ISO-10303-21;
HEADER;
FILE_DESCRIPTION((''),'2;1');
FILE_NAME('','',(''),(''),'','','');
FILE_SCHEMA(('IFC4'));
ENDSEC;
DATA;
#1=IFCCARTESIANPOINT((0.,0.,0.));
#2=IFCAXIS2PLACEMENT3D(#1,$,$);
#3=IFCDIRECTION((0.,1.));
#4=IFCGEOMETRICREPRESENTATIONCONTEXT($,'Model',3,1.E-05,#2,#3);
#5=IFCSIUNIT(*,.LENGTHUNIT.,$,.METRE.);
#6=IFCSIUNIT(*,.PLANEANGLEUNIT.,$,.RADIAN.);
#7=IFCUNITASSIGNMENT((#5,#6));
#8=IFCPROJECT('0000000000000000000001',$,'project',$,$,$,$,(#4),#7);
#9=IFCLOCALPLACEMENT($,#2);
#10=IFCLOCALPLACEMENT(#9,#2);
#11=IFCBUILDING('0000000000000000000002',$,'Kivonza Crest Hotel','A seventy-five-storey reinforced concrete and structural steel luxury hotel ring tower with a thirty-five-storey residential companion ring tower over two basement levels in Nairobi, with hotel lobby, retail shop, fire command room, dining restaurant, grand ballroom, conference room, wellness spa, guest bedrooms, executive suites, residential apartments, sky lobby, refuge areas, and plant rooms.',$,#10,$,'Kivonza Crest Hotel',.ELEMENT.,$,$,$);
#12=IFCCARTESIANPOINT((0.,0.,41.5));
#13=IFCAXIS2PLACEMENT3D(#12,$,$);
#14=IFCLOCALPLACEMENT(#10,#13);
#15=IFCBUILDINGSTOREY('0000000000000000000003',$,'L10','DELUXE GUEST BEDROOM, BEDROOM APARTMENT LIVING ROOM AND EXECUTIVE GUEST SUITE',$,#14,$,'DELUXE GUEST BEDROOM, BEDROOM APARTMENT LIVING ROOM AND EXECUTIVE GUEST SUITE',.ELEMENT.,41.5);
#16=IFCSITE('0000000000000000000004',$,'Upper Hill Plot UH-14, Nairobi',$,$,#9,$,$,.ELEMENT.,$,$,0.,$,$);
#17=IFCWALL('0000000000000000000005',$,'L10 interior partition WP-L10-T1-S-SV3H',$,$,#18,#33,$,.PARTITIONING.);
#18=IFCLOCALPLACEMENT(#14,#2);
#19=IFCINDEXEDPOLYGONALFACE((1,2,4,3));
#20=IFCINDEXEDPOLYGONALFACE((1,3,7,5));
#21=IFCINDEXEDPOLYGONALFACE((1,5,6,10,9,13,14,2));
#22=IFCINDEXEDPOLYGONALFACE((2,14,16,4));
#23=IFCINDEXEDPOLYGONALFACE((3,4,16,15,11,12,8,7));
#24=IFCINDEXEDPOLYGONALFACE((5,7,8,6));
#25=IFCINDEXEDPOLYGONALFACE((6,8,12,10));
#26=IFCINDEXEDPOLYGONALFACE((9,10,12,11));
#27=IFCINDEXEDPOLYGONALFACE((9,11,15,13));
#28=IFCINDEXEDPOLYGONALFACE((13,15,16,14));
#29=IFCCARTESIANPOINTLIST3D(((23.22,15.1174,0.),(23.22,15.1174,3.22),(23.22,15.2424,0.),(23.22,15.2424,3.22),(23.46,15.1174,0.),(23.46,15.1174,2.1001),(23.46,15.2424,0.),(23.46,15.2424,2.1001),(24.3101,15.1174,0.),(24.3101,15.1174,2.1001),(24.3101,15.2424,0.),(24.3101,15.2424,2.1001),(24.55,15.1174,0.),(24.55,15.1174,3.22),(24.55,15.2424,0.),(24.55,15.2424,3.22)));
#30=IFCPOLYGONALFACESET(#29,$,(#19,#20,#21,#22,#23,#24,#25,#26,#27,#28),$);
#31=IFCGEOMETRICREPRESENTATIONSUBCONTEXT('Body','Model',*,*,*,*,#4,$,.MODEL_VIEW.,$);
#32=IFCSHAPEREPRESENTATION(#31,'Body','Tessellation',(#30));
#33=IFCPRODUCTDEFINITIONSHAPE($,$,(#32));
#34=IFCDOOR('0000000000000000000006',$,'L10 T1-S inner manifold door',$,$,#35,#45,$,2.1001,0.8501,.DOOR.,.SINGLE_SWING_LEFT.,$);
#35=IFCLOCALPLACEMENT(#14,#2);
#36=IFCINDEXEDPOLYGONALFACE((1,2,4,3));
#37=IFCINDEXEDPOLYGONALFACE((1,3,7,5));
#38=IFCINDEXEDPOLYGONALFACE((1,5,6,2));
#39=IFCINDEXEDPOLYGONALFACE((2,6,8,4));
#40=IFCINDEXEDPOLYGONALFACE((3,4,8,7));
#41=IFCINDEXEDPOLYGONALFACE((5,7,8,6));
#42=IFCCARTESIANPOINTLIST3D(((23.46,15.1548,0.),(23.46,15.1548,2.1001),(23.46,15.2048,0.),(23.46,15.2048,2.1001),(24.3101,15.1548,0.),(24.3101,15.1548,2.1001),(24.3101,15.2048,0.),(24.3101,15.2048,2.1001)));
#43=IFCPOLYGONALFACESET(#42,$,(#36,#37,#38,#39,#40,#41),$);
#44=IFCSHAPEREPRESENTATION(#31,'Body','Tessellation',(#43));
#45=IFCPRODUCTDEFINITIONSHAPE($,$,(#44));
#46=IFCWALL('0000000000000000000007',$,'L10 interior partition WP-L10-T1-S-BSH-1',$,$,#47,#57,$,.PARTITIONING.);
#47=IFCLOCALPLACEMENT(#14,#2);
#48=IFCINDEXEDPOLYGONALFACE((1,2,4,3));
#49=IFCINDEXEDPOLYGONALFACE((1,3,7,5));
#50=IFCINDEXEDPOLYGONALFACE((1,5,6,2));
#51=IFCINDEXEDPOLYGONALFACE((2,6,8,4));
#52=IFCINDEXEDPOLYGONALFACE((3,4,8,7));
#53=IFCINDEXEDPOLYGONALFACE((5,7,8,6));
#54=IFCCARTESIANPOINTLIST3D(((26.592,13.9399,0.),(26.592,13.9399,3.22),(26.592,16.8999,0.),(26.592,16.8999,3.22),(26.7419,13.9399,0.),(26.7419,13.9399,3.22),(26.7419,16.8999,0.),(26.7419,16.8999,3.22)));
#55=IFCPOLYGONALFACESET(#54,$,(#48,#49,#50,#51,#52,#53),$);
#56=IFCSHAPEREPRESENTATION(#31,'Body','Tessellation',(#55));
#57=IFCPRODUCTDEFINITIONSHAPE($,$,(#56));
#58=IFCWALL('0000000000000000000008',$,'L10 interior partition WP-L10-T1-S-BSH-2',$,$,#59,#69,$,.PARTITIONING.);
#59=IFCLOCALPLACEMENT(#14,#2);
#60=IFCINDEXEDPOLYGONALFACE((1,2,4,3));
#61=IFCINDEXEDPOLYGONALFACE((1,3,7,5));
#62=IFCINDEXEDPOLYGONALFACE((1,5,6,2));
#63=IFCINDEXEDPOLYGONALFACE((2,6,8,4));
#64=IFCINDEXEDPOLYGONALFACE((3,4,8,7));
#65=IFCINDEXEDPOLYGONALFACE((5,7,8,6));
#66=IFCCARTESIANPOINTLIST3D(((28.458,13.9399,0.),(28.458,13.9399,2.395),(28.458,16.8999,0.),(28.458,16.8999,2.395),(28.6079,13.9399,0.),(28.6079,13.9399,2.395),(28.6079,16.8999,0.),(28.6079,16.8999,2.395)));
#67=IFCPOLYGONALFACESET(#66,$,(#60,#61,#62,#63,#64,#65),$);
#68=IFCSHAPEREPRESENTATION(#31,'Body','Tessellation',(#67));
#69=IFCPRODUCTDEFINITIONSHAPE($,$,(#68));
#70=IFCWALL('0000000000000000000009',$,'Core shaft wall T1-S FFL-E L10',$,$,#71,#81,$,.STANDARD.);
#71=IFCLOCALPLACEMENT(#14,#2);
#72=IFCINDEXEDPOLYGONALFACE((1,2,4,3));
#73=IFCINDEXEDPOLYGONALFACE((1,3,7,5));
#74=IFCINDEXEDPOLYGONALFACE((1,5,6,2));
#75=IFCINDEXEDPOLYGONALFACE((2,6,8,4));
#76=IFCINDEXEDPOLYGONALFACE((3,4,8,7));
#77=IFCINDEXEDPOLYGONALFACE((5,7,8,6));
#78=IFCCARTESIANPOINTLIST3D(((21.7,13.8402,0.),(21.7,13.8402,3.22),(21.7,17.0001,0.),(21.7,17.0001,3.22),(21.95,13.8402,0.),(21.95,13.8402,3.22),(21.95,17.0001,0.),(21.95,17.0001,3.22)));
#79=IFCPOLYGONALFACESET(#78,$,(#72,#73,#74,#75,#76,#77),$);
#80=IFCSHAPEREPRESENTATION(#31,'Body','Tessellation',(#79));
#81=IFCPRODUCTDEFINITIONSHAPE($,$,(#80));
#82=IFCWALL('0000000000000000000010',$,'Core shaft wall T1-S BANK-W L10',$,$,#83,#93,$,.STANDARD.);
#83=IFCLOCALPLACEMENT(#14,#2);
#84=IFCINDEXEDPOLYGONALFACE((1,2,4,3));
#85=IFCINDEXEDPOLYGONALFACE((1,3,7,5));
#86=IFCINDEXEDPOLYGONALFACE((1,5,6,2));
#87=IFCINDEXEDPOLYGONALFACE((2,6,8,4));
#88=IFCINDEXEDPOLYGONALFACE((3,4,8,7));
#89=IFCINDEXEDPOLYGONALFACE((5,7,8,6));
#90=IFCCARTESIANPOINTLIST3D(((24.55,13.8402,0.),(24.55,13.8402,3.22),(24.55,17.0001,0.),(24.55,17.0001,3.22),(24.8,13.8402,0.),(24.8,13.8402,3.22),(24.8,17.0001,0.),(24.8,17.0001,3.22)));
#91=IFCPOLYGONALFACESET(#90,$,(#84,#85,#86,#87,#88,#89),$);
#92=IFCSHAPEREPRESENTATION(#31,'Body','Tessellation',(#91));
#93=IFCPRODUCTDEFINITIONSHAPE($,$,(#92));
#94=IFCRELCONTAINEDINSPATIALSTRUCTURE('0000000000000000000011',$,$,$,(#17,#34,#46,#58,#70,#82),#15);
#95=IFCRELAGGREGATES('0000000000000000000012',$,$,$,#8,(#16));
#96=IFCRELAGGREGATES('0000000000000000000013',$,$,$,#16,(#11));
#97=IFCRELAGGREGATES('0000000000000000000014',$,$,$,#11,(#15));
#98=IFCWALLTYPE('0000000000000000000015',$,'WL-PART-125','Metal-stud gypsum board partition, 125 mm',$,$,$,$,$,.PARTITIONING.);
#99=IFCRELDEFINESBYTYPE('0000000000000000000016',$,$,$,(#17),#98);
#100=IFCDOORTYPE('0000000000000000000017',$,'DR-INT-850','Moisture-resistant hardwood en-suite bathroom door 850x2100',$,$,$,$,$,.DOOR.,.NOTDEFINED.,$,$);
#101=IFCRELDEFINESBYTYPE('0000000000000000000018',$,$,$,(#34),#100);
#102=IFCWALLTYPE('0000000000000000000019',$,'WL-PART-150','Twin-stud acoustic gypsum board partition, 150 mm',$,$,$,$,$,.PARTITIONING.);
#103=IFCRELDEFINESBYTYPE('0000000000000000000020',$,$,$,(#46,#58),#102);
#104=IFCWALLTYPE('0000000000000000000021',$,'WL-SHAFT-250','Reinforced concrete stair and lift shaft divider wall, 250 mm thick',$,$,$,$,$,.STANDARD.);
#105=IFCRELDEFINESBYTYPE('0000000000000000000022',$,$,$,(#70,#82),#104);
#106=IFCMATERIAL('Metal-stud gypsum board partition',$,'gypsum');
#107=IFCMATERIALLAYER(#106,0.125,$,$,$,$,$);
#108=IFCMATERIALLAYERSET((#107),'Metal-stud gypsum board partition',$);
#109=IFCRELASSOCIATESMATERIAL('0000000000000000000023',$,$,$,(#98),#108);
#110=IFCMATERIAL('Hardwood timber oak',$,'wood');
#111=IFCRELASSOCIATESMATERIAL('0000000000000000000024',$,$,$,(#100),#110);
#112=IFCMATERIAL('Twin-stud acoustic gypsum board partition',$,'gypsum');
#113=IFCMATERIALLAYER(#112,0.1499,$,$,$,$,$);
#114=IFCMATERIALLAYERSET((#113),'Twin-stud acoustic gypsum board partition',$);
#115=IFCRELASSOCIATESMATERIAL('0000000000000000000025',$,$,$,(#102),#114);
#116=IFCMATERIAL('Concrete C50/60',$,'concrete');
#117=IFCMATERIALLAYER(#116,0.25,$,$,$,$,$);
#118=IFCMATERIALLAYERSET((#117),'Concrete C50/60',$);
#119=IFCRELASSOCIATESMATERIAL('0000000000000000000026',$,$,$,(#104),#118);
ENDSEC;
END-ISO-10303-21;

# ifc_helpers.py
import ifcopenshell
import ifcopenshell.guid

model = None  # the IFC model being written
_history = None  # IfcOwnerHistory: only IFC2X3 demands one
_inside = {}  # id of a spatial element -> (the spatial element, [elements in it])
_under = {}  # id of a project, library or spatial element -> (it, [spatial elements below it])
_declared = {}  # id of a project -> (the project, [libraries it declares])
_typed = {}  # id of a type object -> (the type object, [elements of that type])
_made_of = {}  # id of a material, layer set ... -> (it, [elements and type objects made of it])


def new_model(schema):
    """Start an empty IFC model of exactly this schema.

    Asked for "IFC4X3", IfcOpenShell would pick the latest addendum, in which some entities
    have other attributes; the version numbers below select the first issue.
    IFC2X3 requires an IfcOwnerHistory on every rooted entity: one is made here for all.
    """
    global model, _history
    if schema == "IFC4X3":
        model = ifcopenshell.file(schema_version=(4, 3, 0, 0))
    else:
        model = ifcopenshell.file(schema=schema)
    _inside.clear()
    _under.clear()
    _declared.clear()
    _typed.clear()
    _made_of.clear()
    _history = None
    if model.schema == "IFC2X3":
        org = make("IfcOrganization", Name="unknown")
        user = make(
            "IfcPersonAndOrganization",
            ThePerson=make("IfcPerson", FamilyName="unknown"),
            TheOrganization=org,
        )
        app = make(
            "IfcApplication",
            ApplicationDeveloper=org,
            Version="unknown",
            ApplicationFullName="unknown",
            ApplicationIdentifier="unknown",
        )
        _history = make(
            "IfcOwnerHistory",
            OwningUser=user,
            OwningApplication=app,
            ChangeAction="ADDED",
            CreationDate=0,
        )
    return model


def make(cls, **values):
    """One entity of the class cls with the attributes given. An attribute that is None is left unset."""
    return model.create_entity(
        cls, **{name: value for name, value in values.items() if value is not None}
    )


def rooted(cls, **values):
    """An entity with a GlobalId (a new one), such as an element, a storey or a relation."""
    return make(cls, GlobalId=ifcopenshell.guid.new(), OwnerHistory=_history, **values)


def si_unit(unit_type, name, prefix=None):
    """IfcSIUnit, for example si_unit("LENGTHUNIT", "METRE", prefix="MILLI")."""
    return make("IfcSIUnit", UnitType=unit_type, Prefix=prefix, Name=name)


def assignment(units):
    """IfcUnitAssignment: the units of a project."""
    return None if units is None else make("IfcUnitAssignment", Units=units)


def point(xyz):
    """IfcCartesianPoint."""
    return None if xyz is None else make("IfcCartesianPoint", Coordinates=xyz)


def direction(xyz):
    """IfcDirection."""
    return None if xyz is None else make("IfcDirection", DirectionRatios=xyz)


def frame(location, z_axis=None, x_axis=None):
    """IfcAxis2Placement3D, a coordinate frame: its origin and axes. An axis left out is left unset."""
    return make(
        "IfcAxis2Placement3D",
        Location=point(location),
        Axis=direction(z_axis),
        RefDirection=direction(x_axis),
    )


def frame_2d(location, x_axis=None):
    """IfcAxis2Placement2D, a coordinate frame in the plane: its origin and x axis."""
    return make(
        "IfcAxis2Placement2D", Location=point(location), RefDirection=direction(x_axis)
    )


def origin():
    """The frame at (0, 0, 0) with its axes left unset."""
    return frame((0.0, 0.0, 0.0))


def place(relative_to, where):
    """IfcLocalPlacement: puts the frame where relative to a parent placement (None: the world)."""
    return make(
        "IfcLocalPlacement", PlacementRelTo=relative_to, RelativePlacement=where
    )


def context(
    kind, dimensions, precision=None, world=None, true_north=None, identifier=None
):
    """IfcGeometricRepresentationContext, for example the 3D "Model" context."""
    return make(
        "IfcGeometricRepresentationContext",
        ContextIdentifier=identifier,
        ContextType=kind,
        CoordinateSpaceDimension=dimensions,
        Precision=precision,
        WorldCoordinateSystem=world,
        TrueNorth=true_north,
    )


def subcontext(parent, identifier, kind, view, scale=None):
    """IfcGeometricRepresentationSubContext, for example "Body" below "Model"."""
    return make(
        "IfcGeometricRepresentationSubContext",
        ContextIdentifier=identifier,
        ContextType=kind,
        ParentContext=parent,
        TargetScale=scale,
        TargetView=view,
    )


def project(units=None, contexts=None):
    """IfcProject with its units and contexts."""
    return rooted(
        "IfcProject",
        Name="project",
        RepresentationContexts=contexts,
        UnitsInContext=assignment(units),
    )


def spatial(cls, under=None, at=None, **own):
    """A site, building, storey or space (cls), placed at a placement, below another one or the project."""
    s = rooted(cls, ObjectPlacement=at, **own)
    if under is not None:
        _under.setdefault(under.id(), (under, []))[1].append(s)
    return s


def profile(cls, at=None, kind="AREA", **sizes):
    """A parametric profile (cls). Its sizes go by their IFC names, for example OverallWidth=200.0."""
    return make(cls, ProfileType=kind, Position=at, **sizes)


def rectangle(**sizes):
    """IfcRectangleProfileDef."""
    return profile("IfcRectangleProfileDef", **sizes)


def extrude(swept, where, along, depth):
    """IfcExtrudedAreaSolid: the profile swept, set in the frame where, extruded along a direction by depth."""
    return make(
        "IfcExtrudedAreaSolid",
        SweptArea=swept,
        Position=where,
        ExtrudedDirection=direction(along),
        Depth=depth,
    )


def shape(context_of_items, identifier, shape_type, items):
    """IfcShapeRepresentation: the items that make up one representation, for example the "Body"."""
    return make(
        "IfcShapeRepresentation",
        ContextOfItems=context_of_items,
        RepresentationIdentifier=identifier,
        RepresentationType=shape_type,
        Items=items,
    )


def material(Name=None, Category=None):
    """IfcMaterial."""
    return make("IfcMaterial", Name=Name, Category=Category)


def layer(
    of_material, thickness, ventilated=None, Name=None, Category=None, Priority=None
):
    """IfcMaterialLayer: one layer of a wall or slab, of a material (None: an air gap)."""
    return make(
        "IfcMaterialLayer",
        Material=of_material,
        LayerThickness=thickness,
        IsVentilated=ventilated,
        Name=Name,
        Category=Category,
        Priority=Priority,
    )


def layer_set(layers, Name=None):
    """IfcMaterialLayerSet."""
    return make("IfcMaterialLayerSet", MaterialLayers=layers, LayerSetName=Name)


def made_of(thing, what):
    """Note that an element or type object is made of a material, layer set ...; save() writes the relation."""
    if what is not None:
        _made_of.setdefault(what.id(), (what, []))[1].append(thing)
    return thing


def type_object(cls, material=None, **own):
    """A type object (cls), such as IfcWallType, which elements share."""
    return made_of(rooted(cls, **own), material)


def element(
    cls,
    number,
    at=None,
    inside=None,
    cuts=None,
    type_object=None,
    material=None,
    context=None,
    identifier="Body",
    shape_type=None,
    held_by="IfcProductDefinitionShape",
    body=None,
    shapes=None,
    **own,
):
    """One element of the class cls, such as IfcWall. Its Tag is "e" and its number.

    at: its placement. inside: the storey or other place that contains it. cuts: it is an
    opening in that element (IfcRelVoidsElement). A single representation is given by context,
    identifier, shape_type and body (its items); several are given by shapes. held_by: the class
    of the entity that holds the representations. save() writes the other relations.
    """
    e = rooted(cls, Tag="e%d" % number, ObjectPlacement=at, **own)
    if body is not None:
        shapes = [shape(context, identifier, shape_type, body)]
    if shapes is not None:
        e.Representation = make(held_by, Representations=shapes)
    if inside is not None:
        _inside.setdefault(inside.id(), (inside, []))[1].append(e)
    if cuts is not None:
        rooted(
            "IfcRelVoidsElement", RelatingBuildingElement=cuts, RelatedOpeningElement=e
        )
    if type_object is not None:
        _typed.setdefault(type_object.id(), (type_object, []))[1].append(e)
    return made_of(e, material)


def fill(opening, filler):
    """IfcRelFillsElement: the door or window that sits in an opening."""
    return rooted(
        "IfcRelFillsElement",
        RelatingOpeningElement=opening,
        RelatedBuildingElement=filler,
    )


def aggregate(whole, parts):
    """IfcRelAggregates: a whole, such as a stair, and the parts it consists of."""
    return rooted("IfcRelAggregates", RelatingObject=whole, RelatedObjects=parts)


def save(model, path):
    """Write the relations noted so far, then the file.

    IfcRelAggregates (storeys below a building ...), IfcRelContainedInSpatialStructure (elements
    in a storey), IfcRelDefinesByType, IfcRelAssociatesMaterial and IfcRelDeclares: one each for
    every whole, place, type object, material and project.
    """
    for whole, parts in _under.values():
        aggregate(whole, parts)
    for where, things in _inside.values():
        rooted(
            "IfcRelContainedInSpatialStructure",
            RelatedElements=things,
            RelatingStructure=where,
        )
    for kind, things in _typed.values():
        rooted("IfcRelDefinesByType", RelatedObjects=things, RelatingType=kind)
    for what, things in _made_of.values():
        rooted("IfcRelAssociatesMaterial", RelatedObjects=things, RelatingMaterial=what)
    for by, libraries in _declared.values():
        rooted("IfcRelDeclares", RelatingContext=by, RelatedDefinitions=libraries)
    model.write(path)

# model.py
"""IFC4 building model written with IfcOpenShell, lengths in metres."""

from ifc_helpers import new_model, si_unit, direction, frame, frame_2d, origin, place, context, subcontext, project, spatial, rectangle, extrude, material, layer, layer_set, type_object, element, fill, save


model = new_model("IFC4")

# Units and contexts
model_context = context("Model", 3, precision=1e-05, world=origin(), true_north=direction((0.0, 1.0)))
body_context = subcontext(model_context, "Body", "Model", "MODEL_VIEW")
ifc_project = project(units=[si_unit("LENGTHUNIT", "METRE"), si_unit("PLANEANGLEUNIT", "RADIAN")], contexts=[model_context])

# Site, building, storey
site_placement = place(None, origin())
site = spatial("IfcSite", under=ifc_project, at=site_placement, Name="Upper Hill Plot UH-14, Nairobi", CompositionType="ELEMENT", RefElevation=0.0)
building_placement = place(site_placement, origin())
building = spatial("IfcBuilding", under=site, at=building_placement, Name="Kivonza Crest Hotel", Description="A seventy-five-storey reinforced concrete and structural steel luxury hotel ring tower with a thirty-five-storey residential companion ring tower over two basement levels in Nairobi, with hotel lobby, retail shop, fire command room, dining restaurant, grand ballroom, conference room, wellness spa, guest bedrooms, executive suites, residential apartments, sky lobby, refuge areas, and plant rooms.", LongName="Kivonza Crest Hotel", CompositionType="ELEMENT")
storey_placement = place(building_placement, frame((0.0, 0.0, 41.5)))
storey = spatial("IfcBuildingStorey", under=building, at=storey_placement, Name="L10", Description="DELUXE GUEST BEDROOM, BEDROOM APARTMENT LIVING ROOM AND EXECUTIVE GUEST SUITE", LongName="DELUXE GUEST BEDROOM, BEDROOM APARTMENT LIVING ROOM AND EXECUTIVE GUEST SUITE", CompositionType="ELEMENT", Elevation=41.5)

# Shared definitions
ifc_material_1 = material(Name="Hardwood timber oak", Category="wood")

# Wall, opening, door
ifc_material_2 = material(Name="Metal-stud gypsum board partition", Category="gypsum")
ifc_layer_1 = layer(ifc_material_2, 0.125)
ifc_layer_set_1 = layer_set([ifc_layer_1], Name="Metal-stud gypsum board partition")
wall_type_1 = type_object("IfcWallType", Name="WL-PART-125", Description="Metal-stud gypsum board partition, 125 mm", PredefinedType="PARTITIONING", material=ifc_layer_set_1)
wall_1_placement = place(storey_placement, frame((23.22, 15.1799, 0.0), z_axis=(0.0, 0.0, 1.0), x_axis=(1.0, 0.0, 0.0)))
wall_1 = element("IfcWall", 1, at=wall_1_placement, inside=storey, type_object=wall_type_1, Name="L10 interior partition WP-L10-T1-S-SV3H", PredefinedType="PARTITIONING", context=body_context, shape_type="SweptSolid", body=[
    extrude(rectangle(XDim=1.3301, YDim=0.125, at=frame_2d((0.665, 0.0))), origin(), (0.0, 0.0, 1.0), 3.22),
])
opening_1_placement = place(wall_1_placement, frame((0.24, 0.0, 0.0)))
opening_1 = element("IfcOpeningElement", 2, at=opening_1_placement, cuts=wall_1, PredefinedType="OPENING", context=body_context, shape_type="SweptSolid", body=[
    extrude(rectangle(XDim=0.8501, YDim=2.1001, at=frame_2d((0.425, 1.05))), frame((0.0, 0.0725, 0.0), z_axis=(0.0, -1.0, 0.0), x_axis=(1.0, 0.0, 0.0)), (0.0, 0.0, 1.0), 0.145),
])
door_type_1 = type_object("IfcDoorType", Name="DR-INT-850", Description="Moisture-resistant hardwood en-suite bathroom door 850x2100", OperationType="NOTDEFINED", PredefinedType="DOOR", material=ifc_material_1)
door_1_placement = place(opening_1_placement, origin())
door_1 = element("IfcDoor", 3, at=door_1_placement, inside=storey, type_object=door_type_1, Name="L10 T1-S inner manifold door", OperationType="SINGLE_SWING_LEFT", OverallHeight=2.1001, OverallWidth=0.8501, PredefinedType="DOOR", context=body_context, shape_type="SweptSolid", body=[
    extrude(rectangle(XDim=0.8501, YDim=2.1001, at=frame_2d((0.425, 1.05))), frame((0.0, 0.0249, 0.0), z_axis=(0.0, -1.0, 0.0), x_axis=(1.0, 0.0, 0.0)), (0.0, 0.0, 1.0), 0.05),
])
fill(opening_1, door_1)

# Walls
ifc_material_3 = material(Name="Twin-stud acoustic gypsum board partition", Category="gypsum")
ifc_layer_2 = layer(ifc_material_3, 0.1499)
ifc_layer_set_2 = layer_set([ifc_layer_2], Name="Twin-stud acoustic gypsum board partition")
wall_type_2 = type_object("IfcWallType", Name="WL-PART-150", Description="Twin-stud acoustic gypsum board partition, 150 mm", PredefinedType="PARTITIONING", material=ifc_layer_set_2)
wall_2_placement = place(storey_placement, frame((26.667, 13.9399, 0.0), z_axis=(0.0, 0.0, 1.0), x_axis=(0.0, 1.0, 0.0)))
element("IfcWall", 4, at=wall_2_placement, inside=storey, type_object=wall_type_2, Name="L10 interior partition WP-L10-T1-S-BSH-1", PredefinedType="PARTITIONING", context=body_context, shape_type="SweptSolid", body=[
    extrude(rectangle(XDim=2.96, YDim=0.1499, at=frame_2d((1.48, 0.0))), origin(), (0.0, 0.0, 1.0), 3.22),
])
wall_3_placement = place(storey_placement, frame((28.533, 13.9399, 0.0), z_axis=(0.0, 0.0, 1.0), x_axis=(0.0, 1.0, 0.0)))
element("IfcWall", 5, at=wall_3_placement, inside=storey, type_object=wall_type_2, Name="L10 interior partition WP-L10-T1-S-BSH-2", PredefinedType="PARTITIONING", context=body_context, shape_type="SweptSolid", body=[
    extrude(rectangle(XDim=2.96, YDim=0.1499, at=frame_2d((1.48, 0.0))), origin(), (0.0, 0.0, 1.0), 2.395),
])

# Shared definitions
ifc_material_4 = material(Name="Concrete C50/60", Category="concrete")
ifc_layer_3 = layer(ifc_material_4, 0.25)
ifc_layer_set_3 = layer_set([ifc_layer_3], Name="Concrete C50/60")
wall_type_3 = type_object("IfcWallType", Name="WL-SHAFT-250", Description="Reinforced concrete stair and lift shaft divider wall, 250 mm thick", PredefinedType="STANDARD", material=ifc_layer_set_3)

# Walls
for number, where, z_axis, x_axis, name in (
    (6, (21.825, 13.8401, 0.0), (0.0, 0.0, 1.0), (0.0, 1.0, 0.0), "Core shaft wall T1-S FFL-E L10"),
    (7, (24.675, 13.8401, 0.0), (0.0, 0.0, 1.0), (0.0, 1.0, 0.0), "Core shaft wall T1-S BANK-W L10"),
):
    element("IfcWall", number, at=place(storey_placement, frame(where, z_axis=z_axis, x_axis=x_axis)), inside=storey, type_object=wall_type_3, Name=name, PredefinedType="STANDARD", context=body_context, shape_type="SweptSolid", body=[
        extrude(rectangle(XDim=3.1599, YDim=0.25, at=frame_2d((1.5801, 0.0))), origin(), (0.0, 0.0, 1.0), 3.22),
    ])

save(model, "model.ifc")
